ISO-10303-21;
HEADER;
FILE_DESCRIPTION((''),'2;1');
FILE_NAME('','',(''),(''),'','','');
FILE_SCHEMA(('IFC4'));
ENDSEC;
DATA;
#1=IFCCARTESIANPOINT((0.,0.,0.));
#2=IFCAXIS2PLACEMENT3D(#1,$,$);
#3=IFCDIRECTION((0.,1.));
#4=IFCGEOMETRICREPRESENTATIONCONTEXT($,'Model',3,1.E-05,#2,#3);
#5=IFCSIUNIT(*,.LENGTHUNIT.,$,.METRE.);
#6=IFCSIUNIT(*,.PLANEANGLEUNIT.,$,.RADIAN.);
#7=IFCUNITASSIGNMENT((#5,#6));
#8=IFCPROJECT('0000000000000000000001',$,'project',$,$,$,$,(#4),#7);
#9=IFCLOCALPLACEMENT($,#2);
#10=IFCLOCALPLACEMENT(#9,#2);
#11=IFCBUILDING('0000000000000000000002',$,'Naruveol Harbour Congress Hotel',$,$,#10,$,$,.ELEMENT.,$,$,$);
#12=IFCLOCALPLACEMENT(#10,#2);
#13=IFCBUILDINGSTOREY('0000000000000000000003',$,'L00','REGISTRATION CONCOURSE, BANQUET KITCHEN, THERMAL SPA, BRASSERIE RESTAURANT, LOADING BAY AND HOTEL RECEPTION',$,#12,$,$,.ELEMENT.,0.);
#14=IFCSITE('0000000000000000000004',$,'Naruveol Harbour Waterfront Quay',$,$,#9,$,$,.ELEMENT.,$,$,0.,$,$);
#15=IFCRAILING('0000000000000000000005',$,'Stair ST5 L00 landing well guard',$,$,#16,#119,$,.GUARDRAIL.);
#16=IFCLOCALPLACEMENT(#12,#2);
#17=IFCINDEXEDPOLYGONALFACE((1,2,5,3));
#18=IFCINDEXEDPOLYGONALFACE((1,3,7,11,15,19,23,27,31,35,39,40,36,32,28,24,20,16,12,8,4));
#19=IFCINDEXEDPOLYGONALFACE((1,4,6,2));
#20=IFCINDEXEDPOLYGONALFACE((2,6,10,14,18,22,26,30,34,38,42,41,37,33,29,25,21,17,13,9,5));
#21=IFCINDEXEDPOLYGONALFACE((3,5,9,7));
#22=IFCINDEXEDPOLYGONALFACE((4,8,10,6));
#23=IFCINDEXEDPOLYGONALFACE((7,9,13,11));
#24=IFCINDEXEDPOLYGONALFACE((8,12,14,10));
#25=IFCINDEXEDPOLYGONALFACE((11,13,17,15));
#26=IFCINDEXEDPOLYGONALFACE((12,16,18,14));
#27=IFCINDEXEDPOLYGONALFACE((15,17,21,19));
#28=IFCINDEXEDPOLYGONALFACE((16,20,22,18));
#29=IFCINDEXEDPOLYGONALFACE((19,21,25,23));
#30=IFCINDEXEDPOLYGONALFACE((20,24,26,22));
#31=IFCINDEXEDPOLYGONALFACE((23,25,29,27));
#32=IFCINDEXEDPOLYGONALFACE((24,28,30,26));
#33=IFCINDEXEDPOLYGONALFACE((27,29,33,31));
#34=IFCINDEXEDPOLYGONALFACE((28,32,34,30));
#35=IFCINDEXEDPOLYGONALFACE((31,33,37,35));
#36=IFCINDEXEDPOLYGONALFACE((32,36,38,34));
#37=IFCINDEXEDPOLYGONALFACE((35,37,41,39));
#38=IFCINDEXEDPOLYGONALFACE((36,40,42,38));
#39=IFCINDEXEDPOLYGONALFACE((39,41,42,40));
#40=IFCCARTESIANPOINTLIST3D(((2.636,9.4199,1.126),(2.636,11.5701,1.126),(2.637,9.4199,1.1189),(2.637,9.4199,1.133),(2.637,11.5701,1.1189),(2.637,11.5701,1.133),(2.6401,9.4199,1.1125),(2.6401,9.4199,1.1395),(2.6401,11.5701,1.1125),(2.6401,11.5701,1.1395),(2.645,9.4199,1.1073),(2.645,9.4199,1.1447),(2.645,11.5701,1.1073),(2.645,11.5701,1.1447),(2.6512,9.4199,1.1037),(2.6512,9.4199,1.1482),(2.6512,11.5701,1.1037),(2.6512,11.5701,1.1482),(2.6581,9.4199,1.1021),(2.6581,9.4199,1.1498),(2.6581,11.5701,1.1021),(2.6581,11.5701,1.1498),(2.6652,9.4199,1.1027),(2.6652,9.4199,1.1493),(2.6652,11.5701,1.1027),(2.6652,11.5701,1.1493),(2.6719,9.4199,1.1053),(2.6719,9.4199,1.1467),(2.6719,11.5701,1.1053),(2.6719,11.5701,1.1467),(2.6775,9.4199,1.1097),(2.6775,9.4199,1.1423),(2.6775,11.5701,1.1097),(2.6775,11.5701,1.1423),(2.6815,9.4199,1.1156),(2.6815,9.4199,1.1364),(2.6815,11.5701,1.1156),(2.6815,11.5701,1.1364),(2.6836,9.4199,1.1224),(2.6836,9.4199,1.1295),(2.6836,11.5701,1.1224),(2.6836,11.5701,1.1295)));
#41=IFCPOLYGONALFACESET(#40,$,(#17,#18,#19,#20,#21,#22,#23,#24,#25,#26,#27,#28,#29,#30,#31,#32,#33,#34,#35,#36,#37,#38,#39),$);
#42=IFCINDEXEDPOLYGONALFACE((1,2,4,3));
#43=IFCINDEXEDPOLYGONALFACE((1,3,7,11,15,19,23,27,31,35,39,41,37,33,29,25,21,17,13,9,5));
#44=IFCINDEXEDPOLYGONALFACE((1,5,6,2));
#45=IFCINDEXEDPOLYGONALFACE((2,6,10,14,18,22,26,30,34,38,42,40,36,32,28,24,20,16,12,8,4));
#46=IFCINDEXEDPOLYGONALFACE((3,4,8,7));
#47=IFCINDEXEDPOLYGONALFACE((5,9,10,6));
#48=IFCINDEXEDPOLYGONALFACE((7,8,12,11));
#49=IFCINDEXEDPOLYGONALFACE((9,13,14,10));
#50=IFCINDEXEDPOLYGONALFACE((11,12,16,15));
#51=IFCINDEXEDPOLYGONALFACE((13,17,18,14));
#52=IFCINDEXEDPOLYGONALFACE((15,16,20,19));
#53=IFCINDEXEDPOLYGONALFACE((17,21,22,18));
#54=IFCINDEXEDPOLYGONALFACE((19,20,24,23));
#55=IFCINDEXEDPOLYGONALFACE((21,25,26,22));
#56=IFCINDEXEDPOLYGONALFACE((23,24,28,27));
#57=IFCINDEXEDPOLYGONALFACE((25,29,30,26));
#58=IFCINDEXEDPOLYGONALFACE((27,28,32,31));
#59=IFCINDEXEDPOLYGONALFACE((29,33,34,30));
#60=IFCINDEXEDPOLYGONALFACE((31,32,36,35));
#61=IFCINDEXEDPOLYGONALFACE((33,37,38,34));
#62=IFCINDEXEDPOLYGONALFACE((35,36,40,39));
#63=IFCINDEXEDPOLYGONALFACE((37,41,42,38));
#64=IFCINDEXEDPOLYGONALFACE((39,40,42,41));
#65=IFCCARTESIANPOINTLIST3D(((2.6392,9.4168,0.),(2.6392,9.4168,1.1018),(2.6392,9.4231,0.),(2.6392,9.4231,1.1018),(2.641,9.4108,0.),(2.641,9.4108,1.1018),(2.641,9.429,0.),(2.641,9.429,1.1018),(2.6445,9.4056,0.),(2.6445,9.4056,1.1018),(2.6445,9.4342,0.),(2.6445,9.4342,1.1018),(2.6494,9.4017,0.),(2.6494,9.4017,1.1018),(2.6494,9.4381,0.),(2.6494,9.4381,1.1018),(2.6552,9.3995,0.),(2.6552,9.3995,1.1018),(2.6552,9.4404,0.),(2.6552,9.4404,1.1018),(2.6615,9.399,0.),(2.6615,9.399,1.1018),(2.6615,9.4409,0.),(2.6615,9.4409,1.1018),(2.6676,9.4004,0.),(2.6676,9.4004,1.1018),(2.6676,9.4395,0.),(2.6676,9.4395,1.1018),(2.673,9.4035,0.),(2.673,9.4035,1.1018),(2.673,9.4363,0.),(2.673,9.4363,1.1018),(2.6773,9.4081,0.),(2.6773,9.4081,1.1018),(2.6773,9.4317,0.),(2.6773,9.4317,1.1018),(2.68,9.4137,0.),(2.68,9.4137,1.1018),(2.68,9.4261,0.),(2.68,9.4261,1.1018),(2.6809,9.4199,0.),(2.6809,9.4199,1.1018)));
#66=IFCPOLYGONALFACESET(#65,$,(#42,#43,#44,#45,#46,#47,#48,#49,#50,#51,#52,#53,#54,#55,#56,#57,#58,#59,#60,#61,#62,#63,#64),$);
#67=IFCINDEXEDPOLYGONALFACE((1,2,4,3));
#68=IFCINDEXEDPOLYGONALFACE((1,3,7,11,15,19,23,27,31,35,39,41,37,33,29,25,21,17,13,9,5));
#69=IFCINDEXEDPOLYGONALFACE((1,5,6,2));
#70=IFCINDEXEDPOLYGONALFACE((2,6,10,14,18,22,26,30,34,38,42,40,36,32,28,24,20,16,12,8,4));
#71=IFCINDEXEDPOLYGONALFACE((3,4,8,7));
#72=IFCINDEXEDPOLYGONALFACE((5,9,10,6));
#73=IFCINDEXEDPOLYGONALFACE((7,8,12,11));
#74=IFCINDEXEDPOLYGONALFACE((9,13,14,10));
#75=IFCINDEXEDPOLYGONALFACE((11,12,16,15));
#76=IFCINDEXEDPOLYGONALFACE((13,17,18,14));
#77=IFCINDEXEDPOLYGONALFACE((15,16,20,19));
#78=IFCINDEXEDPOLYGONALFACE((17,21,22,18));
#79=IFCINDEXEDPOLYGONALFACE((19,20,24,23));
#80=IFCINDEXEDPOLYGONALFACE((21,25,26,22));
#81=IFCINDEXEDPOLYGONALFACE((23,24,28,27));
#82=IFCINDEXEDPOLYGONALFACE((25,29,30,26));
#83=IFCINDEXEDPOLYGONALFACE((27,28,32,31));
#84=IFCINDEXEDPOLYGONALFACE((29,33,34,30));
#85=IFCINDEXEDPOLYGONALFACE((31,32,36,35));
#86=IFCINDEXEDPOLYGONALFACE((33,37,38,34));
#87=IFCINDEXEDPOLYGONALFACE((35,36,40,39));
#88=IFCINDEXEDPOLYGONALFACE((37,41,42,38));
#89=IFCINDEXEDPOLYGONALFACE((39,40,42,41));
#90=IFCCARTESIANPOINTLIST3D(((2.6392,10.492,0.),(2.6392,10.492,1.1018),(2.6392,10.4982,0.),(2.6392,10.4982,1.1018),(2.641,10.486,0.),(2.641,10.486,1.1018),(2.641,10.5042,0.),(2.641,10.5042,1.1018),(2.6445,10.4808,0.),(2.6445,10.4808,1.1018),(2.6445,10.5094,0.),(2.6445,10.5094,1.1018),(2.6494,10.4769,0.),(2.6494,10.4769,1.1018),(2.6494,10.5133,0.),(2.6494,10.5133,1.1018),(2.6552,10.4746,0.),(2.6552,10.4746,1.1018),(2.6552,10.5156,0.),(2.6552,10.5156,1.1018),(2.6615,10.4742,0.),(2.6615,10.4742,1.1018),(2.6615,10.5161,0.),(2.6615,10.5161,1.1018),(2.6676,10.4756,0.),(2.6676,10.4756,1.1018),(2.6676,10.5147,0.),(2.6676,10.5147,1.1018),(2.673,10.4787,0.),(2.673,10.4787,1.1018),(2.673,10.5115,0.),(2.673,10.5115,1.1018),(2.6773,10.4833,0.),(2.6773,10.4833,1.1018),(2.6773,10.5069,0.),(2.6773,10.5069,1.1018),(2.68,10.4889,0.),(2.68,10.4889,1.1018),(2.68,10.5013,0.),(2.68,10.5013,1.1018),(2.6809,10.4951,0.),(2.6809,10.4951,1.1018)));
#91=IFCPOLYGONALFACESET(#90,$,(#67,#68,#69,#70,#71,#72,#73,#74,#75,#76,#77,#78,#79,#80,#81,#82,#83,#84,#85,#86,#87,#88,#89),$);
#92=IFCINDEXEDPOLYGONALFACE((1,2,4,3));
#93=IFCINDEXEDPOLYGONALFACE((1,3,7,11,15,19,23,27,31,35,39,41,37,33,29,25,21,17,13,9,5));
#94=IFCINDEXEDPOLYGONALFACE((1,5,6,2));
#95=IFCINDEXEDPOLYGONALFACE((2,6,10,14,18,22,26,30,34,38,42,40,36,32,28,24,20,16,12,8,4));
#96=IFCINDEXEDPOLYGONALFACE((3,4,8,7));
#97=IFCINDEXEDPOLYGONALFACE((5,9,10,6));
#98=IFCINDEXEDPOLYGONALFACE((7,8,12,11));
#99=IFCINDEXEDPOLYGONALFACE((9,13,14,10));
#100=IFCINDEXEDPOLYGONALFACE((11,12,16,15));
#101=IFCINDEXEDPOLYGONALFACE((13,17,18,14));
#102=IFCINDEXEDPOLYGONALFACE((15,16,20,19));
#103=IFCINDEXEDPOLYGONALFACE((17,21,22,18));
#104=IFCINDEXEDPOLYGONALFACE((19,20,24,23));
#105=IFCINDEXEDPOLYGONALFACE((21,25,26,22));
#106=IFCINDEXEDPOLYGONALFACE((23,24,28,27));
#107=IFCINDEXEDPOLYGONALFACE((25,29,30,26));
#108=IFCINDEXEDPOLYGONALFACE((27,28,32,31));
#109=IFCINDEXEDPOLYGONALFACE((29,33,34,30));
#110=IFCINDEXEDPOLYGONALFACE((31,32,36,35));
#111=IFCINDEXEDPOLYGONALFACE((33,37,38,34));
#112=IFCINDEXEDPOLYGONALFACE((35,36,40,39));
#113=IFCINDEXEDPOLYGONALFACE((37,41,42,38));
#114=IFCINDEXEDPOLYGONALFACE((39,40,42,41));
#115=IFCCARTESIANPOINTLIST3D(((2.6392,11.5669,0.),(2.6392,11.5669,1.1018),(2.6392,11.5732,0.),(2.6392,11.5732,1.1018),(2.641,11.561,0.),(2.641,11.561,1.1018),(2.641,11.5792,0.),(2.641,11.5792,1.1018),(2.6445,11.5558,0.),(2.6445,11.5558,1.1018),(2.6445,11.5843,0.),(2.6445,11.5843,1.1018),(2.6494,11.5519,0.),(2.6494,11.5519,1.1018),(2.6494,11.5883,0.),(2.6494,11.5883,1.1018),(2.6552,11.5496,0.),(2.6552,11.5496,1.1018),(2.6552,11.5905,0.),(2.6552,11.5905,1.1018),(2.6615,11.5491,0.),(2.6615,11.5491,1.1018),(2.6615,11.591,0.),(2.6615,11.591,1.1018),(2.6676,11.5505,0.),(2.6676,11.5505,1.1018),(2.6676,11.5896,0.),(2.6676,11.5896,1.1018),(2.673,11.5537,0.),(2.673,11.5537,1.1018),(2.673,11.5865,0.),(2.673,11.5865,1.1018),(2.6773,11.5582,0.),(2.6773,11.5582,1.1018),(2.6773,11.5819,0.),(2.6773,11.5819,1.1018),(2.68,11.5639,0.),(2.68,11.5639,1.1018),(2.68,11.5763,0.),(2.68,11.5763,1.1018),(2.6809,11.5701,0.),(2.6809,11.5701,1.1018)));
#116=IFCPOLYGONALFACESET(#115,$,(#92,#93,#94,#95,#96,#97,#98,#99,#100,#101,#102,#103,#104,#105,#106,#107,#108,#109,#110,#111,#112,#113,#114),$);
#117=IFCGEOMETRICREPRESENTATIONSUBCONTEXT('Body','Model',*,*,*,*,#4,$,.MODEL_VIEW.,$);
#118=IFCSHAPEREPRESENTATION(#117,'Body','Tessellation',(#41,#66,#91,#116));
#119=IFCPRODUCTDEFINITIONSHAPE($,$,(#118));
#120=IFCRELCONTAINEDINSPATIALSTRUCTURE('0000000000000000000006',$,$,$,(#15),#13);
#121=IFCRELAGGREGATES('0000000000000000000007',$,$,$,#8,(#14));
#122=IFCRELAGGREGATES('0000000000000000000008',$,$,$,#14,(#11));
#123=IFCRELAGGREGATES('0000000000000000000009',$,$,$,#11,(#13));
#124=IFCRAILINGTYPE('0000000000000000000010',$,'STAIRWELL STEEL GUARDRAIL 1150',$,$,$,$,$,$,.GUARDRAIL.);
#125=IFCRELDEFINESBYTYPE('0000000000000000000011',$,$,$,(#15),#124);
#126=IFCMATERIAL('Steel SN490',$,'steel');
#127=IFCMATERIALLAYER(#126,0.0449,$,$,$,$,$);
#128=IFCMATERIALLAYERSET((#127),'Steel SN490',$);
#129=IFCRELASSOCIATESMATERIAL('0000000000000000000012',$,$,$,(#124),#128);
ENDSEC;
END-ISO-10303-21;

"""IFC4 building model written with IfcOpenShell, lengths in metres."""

from ifc_helpers import new_model, si_unit, direction, frame, origin, origin_2d, place, context, subcontext, project, spatial, circle, extrude, material, layer, layer_set, type_object, element, save


model = new_model("IFC4")

# Units and contexts
model_context = context("Model", 3, precision=1e-05, world=origin(), true_north=direction((0.0, 1.0)))
body_context = subcontext(model_context, "Body", "Model", "MODEL_VIEW")
ifc_project = project(units=[si_unit("LENGTHUNIT", "METRE"), si_unit("PLANEANGLEUNIT", "RADIAN")], contexts=[model_context])

# Site, building, storey
site_placement = place(None, origin())
site = spatial("IfcSite", under=ifc_project, at=site_placement, Name="Naruveol Harbour Waterfront Quay", CompositionType="ELEMENT", RefElevation=0.0)
building_placement = place(site_placement, origin())
building = spatial("IfcBuilding", under=site, at=building_placement, Name="Naruveol Harbour Congress Hotel", CompositionType="ELEMENT")
storey_placement = place(building_placement, origin())
storey = spatial("IfcBuildingStorey", under=building, at=storey_placement, Name="L00", Description="REGISTRATION CONCOURSE, BANQUET KITCHEN, THERMAL SPA, BRASSERIE RESTAURANT, LOADING BAY AND HOTEL RECEPTION", CompositionType="ELEMENT", Elevation=0.0)

# Railing
ifc_material_1 = material(Name="Steel SN490", Category="steel")
ifc_layer_1 = layer(ifc_material_1, 0.0449)
ifc_layer_set_1 = layer_set([ifc_layer_1], Name="Steel SN490")
railing_type_1 = type_object("IfcRailingType", Name="STAIRWELL STEEL GUARDRAIL 1150", PredefinedType="GUARDRAIL", material=ifc_layer_set_1)
railing_1_placement = place(storey_placement, frame((2.6599, 9.4199, 0.0)))
element("IfcRailing", 1, at=railing_1_placement, inside=storey, type_object=railing_type_1, Name="Stair ST5 L00 landing well guard", PredefinedType="GUARDRAIL", context=body_context, shape_type="SweptSolid", body=[
    extrude(circle(Radius=0.0239, at=origin_2d()), frame((0.0, 0.0, 1.126), z_axis=(0.0, 1.0, 0.0), x_axis=(-1.0, 0.0, 0.0)), (0.0, 0.0, 1.0), 2.1501),
    extrude(circle(Radius=0.021, at=origin_2d()), origin(), (0.0, 0.0, 1.0), 1.1018),
    extrude(circle(Radius=0.021, at=origin_2d()), frame((0.0, 1.0752, 0.0)), (0.0, 0.0, 1.0), 1.1018),
    extrude(circle(Radius=0.021, at=origin_2d()), frame((0.0, 2.1501, 0.0)), (0.0, 0.0, 1.0), 1.1018),
])

save(model, "model.ifc")
